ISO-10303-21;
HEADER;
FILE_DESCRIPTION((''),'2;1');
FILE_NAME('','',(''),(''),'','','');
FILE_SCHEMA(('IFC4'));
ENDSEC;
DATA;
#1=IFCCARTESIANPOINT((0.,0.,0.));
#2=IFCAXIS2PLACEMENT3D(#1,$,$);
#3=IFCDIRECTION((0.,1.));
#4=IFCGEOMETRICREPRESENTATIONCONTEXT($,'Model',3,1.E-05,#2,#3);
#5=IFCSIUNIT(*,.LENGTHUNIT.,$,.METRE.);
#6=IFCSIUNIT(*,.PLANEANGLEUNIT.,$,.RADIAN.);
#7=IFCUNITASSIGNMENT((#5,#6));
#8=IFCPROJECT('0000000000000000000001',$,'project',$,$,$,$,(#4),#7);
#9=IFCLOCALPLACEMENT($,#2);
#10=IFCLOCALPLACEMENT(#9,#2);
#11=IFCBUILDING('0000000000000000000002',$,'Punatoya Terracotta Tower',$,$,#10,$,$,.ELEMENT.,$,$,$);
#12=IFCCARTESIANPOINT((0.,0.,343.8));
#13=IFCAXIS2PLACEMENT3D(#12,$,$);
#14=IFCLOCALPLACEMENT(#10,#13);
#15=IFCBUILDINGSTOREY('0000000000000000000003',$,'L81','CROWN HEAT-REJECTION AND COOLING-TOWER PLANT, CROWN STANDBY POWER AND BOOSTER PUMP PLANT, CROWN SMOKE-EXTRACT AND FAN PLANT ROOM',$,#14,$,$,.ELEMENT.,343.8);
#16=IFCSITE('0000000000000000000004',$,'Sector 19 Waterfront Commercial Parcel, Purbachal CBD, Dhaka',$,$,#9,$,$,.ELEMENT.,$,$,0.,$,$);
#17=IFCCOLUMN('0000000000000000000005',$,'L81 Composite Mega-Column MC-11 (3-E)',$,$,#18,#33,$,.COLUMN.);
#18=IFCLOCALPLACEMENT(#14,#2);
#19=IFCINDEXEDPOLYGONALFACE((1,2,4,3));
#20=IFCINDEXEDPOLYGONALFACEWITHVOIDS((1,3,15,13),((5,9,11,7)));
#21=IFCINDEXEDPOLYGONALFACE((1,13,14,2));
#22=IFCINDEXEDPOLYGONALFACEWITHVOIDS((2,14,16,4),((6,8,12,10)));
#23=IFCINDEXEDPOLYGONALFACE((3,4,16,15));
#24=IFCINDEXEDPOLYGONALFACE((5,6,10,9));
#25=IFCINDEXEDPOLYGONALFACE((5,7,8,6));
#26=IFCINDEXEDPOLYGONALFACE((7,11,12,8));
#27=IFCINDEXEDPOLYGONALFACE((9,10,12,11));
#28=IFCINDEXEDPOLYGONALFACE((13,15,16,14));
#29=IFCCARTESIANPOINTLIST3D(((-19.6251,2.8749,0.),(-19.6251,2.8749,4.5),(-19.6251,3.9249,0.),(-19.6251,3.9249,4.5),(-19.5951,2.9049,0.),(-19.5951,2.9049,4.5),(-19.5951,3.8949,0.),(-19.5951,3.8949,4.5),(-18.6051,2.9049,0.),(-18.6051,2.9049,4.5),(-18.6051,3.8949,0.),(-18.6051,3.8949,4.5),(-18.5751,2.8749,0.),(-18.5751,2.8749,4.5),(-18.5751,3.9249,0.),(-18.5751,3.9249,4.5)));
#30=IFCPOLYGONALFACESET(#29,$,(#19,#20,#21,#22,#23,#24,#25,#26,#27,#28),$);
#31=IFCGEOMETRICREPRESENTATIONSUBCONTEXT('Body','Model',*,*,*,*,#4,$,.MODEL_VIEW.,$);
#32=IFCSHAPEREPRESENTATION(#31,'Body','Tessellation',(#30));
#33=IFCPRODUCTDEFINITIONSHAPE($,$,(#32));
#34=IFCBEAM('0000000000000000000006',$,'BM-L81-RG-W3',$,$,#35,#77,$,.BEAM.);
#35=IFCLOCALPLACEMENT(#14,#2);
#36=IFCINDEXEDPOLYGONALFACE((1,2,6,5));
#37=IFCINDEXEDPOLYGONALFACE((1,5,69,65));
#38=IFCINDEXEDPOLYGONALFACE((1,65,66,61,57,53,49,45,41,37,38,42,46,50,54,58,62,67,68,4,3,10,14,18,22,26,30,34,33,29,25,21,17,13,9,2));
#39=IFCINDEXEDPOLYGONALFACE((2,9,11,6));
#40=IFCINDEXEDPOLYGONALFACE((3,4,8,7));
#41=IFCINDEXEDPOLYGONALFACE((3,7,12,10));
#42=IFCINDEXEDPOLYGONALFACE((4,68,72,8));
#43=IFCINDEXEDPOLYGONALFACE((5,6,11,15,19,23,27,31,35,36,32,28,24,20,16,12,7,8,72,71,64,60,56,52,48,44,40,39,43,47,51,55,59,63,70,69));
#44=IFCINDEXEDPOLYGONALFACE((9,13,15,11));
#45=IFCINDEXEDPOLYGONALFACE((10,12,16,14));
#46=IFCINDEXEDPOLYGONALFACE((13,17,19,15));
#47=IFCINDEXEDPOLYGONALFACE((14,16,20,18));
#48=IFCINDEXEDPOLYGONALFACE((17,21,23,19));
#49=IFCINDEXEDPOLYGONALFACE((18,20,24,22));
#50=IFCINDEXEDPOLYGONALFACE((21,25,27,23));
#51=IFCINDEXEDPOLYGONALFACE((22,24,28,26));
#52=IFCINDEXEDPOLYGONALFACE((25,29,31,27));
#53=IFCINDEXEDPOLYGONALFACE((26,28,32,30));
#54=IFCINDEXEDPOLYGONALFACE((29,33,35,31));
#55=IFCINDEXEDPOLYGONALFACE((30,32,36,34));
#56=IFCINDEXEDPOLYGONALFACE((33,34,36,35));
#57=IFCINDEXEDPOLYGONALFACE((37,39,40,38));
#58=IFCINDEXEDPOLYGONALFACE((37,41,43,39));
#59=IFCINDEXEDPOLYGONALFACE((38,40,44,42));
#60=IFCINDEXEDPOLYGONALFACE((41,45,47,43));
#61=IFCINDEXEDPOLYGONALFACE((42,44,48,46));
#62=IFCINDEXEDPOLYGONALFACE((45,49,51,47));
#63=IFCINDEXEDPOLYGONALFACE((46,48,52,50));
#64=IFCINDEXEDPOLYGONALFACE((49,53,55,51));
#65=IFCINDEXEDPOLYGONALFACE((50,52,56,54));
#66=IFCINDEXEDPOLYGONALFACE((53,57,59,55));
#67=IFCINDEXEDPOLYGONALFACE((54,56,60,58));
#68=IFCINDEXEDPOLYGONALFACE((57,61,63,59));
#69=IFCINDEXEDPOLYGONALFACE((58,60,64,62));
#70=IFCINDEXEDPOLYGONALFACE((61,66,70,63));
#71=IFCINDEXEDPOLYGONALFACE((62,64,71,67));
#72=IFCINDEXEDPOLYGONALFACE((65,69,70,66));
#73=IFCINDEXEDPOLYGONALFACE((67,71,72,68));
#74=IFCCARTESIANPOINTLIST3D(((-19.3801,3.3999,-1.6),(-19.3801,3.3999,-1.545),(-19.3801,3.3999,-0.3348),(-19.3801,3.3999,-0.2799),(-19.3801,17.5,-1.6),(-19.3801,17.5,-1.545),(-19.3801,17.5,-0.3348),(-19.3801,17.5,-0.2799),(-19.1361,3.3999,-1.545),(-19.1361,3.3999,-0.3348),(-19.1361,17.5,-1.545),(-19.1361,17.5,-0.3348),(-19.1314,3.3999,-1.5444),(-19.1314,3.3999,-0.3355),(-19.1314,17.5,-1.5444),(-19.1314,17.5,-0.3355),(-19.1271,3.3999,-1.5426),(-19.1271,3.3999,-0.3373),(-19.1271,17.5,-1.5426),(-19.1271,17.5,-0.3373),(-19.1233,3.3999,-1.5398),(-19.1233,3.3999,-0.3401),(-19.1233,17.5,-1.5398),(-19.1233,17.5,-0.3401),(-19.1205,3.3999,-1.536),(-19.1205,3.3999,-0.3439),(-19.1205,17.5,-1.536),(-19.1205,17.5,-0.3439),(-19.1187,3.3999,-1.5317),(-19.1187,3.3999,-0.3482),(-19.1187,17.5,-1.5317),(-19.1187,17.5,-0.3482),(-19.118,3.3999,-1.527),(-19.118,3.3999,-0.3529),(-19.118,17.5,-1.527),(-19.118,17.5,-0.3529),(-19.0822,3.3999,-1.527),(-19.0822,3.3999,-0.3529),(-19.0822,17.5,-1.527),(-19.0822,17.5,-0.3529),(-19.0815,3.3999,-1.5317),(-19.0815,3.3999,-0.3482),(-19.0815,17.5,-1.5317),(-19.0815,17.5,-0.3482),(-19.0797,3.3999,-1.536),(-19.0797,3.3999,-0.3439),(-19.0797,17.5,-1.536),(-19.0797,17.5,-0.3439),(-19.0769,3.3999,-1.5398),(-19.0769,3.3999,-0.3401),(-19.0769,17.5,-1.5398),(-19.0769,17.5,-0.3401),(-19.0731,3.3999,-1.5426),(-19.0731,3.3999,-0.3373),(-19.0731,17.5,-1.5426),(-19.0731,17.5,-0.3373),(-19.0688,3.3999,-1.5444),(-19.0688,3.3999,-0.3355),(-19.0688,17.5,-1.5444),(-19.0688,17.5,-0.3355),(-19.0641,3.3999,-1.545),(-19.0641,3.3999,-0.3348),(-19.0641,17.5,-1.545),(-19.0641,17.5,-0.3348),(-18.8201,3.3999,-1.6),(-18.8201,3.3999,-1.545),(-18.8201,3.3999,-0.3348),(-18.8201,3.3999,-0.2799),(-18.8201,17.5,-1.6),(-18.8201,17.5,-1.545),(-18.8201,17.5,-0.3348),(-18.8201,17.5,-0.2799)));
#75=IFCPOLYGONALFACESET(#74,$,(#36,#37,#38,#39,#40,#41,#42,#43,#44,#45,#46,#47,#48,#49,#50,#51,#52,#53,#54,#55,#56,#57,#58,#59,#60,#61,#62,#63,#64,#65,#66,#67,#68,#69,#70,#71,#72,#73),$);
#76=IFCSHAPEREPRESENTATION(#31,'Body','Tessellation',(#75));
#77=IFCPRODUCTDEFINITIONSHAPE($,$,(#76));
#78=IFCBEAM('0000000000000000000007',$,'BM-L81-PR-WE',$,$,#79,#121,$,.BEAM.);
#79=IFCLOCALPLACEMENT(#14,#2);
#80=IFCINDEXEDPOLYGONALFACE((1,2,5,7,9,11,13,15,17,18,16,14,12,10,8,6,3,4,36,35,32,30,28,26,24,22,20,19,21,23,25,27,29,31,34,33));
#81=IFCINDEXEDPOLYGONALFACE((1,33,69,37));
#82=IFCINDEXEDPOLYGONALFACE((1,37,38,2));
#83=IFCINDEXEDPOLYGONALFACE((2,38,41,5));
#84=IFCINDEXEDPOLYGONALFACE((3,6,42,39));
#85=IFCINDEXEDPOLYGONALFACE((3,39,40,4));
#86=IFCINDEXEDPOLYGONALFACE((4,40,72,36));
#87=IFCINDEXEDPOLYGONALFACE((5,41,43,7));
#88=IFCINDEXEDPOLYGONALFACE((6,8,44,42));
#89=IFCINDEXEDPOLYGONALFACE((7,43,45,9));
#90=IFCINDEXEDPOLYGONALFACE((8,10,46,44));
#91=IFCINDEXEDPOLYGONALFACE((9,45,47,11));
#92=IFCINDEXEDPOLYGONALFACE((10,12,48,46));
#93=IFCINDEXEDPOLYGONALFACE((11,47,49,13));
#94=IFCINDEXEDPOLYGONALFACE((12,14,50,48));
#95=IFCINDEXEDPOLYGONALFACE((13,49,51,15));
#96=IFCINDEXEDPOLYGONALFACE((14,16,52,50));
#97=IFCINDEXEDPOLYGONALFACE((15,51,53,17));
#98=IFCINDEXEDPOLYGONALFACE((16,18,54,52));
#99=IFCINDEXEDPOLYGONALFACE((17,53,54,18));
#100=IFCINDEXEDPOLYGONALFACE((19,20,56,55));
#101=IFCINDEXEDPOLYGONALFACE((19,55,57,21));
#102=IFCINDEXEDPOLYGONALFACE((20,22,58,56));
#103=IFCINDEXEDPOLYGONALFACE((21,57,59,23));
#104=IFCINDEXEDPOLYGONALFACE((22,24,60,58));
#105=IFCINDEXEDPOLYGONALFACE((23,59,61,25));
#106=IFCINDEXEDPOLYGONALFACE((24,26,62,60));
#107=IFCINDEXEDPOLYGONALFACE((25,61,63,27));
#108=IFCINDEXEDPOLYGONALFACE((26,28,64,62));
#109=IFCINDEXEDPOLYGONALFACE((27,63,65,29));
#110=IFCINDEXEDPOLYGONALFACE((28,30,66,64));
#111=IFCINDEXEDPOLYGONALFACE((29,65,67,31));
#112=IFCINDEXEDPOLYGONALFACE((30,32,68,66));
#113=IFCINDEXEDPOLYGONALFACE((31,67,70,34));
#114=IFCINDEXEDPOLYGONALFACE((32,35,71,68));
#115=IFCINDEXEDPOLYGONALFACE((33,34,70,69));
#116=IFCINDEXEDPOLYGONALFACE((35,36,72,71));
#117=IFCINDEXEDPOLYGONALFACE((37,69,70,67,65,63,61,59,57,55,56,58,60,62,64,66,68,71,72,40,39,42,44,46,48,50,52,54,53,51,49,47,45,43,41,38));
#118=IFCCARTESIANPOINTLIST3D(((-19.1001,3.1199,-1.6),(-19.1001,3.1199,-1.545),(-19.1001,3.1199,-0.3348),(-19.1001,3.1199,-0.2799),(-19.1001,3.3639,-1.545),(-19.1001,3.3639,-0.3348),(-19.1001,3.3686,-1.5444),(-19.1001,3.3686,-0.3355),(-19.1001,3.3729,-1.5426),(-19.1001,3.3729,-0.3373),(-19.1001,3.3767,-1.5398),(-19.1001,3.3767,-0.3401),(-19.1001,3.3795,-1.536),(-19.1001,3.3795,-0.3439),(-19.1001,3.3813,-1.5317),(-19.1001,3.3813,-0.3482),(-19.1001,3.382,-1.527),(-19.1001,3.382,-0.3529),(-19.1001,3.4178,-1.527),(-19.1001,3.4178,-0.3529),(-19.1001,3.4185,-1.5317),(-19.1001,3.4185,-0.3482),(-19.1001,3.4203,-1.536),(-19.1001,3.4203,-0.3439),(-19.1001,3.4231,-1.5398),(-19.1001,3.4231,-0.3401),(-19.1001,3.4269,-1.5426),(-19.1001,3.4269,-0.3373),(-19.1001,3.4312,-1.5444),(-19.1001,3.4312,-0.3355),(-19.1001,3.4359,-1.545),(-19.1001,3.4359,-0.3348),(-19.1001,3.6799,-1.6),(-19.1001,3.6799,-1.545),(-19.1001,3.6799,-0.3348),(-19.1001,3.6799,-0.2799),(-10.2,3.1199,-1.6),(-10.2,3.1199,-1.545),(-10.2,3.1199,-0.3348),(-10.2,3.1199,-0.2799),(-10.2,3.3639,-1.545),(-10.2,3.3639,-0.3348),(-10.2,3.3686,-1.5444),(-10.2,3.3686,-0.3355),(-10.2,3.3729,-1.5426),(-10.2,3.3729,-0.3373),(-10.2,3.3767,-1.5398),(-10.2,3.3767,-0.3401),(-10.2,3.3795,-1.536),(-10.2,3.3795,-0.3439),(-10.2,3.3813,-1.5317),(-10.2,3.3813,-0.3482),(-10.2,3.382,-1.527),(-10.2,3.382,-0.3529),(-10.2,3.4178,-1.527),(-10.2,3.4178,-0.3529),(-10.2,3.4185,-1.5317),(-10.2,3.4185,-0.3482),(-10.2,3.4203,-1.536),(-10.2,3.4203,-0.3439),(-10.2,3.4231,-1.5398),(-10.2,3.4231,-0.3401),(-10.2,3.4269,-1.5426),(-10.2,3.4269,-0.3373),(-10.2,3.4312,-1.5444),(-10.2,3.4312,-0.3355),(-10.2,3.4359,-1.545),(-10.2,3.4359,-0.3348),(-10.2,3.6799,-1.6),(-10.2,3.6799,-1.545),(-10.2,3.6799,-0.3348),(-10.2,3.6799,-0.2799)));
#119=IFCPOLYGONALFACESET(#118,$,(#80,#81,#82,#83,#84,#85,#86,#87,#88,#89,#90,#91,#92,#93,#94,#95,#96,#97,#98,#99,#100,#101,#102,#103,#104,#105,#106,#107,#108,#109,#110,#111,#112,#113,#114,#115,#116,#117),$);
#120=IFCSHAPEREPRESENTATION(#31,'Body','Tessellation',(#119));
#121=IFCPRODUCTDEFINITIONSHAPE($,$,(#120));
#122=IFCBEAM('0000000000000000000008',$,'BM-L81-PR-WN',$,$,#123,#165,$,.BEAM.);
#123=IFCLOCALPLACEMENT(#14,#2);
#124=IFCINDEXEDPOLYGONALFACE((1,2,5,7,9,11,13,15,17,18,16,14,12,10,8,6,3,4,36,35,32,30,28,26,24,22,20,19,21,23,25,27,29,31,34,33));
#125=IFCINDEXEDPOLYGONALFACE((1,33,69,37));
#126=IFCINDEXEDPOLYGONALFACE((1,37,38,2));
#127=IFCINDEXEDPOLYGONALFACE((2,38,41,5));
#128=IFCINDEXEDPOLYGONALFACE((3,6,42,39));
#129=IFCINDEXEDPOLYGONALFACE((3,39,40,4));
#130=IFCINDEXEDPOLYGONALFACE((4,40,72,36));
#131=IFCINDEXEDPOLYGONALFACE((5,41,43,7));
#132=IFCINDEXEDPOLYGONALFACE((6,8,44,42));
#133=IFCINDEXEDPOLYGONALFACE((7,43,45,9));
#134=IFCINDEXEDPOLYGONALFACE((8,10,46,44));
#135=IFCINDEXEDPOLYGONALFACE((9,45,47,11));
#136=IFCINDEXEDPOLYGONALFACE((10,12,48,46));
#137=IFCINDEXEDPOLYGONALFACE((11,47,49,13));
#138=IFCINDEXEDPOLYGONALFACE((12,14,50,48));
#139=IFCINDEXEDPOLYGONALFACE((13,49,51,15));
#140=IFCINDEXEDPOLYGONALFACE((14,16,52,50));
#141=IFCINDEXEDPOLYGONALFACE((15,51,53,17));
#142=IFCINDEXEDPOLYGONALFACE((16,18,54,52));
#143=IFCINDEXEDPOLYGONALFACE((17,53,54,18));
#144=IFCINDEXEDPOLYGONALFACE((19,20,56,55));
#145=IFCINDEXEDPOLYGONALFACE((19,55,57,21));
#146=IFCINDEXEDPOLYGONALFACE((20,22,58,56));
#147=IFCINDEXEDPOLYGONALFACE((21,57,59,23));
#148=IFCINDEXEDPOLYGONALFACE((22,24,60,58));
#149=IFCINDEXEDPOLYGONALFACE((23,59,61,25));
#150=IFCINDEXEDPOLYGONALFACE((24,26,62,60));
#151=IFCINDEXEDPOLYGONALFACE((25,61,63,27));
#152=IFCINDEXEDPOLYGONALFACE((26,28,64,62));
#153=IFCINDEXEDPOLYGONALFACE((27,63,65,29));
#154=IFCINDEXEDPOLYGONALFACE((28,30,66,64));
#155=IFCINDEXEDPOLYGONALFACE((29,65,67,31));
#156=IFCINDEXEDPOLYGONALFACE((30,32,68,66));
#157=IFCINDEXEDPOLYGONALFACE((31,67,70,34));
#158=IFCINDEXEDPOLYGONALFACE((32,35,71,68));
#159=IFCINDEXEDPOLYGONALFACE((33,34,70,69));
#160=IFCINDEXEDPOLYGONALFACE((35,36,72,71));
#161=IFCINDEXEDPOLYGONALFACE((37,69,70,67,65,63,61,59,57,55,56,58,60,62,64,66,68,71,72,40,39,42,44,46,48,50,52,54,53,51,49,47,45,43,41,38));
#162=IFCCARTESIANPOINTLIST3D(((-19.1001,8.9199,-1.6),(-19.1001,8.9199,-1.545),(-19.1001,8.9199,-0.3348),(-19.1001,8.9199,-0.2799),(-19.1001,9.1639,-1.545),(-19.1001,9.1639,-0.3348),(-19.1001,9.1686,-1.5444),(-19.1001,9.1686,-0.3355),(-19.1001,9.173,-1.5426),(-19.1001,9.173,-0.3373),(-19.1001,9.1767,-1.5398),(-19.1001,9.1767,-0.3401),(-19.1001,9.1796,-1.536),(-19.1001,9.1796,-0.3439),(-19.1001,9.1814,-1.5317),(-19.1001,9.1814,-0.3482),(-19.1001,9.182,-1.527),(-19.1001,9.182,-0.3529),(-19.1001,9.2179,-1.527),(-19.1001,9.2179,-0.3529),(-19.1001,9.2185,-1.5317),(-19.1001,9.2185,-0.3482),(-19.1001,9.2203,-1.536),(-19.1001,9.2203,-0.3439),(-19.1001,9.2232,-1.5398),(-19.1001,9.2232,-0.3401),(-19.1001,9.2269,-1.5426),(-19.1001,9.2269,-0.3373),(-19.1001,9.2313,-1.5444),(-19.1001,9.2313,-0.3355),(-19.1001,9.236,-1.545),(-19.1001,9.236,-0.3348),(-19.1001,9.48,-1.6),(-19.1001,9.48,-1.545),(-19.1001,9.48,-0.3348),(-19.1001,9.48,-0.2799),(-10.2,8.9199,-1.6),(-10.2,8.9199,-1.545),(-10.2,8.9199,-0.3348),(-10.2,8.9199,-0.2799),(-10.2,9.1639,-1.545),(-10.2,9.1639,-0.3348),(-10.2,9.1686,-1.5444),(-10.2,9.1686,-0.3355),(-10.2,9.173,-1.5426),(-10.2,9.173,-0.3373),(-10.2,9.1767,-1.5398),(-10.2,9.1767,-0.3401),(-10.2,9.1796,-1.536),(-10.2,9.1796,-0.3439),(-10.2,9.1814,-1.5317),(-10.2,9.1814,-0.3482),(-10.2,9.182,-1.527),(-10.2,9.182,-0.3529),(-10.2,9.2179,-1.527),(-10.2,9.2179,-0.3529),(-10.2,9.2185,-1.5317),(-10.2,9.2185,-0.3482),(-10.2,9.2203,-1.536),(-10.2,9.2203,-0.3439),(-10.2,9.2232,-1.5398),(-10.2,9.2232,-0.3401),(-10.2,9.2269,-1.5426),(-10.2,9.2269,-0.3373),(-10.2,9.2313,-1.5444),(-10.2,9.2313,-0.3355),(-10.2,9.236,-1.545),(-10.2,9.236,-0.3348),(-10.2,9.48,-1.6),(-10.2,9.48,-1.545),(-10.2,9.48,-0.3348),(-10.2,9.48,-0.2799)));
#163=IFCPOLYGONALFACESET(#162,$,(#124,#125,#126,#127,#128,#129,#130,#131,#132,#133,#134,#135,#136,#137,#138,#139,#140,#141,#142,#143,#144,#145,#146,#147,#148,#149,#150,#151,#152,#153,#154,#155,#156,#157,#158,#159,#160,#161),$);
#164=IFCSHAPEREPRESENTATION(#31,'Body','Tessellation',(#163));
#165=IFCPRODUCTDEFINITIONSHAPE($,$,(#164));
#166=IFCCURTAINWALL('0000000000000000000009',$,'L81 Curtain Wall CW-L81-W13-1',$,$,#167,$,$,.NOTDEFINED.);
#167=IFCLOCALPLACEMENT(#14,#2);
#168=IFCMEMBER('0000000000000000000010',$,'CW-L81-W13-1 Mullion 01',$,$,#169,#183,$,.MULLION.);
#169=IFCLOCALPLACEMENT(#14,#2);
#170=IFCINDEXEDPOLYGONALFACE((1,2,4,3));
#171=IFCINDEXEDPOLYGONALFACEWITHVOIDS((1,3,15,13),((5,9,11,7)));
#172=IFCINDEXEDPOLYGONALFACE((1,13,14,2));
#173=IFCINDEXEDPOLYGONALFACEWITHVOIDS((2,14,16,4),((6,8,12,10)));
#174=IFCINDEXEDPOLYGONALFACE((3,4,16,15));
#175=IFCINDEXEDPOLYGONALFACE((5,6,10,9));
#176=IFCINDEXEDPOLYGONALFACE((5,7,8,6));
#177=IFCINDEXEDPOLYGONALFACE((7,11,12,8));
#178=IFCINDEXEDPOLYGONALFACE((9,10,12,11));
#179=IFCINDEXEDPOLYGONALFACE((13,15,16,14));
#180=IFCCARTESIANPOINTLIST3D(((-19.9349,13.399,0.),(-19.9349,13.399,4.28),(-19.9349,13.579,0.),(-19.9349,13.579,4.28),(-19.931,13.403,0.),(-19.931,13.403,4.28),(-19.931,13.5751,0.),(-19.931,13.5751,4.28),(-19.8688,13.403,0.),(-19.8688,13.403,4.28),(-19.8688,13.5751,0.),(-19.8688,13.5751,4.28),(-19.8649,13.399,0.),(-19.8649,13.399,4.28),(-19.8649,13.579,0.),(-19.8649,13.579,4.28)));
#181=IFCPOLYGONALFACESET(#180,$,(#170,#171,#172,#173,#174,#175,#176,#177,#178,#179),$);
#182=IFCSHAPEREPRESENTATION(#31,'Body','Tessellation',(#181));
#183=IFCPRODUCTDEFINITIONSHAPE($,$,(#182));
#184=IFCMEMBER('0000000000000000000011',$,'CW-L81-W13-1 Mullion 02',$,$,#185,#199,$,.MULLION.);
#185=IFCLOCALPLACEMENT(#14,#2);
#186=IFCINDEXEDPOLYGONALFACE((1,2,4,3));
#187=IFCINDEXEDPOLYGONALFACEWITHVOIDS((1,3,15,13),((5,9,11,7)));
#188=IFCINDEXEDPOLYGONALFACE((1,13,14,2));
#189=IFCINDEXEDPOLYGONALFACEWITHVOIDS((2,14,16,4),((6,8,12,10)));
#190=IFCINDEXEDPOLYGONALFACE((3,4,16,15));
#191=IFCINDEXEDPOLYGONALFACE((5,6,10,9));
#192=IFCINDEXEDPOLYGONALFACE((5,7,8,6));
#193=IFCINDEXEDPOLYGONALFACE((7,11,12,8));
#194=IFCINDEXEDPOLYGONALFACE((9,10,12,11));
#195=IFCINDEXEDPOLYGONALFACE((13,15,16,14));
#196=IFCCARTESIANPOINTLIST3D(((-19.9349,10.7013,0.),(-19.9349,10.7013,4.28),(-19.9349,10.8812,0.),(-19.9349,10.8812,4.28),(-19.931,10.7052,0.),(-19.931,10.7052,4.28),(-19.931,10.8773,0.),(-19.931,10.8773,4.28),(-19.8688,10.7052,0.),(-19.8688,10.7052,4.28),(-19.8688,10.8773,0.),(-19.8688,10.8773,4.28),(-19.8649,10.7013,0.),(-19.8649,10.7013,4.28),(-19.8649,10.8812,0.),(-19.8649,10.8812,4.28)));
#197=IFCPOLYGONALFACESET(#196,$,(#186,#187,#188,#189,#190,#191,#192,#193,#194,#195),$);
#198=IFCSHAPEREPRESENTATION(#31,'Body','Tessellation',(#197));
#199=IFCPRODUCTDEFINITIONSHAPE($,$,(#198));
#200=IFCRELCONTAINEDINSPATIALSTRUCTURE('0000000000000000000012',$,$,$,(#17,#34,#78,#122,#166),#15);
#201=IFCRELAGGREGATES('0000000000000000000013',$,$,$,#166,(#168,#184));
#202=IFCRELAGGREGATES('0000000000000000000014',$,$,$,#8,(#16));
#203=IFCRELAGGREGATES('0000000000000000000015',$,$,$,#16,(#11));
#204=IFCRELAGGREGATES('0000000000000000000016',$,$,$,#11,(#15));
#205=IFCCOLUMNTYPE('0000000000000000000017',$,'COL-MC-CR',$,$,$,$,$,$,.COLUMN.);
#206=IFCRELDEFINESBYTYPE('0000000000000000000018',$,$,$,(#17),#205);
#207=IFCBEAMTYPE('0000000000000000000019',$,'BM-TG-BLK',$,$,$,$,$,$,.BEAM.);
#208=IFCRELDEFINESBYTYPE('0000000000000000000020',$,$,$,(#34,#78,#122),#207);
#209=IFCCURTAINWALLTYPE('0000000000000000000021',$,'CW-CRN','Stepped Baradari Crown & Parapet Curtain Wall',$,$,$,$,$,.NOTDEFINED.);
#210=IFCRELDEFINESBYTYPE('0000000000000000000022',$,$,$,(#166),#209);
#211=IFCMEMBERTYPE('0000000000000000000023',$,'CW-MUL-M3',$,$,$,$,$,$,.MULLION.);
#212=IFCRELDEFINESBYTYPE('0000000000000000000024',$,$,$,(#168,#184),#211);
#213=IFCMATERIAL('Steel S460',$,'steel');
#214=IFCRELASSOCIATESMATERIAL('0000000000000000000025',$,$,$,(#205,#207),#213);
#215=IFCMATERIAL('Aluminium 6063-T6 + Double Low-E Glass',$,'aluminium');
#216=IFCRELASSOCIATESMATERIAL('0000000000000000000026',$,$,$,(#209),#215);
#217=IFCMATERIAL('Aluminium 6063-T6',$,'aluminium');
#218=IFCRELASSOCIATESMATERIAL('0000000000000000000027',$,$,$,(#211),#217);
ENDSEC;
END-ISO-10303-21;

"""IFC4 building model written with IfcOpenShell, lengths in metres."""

from ifc_helpers import new_model, si_unit, direction, frame, origin, origin_2d, place, context, subcontext, project, spatial, hollow_rectangle, i_section, extrude, material, material_profile, profile_set, type_object, element, aggregate, save


model = new_model("IFC4")

# Units and contexts
model_context = context("Model", 3, precision=1e-05, world=origin(), true_north=direction((0.0, 1.0)))
body_context = subcontext(model_context, "Body", "Model", "MODEL_VIEW")
ifc_project = project(units=[si_unit("LENGTHUNIT", "METRE"), si_unit("PLANEANGLEUNIT", "RADIAN")], contexts=[model_context])

# Site, building, storey
site_placement = place(None, origin())
site = spatial("IfcSite", under=ifc_project, at=site_placement, Name="Sector 19 Waterfront Commercial Parcel, Purbachal CBD, Dhaka", CompositionType="ELEMENT", RefElevation=0.0)
building_placement = place(site_placement, origin())
building = spatial("IfcBuilding", under=site, at=building_placement, Name="Punatoya Terracotta Tower", CompositionType="ELEMENT")
storey_placement = place(building_placement, frame((0.0, 0.0, 343.8)))
storey = spatial("IfcBuildingStorey", under=building, at=storey_placement, Name="L81", Description="CROWN HEAT-REJECTION AND COOLING-TOWER PLANT, CROWN STANDBY POWER AND BOOSTER PUMP PLANT, CROWN SMOKE-EXTRACT AND FAN PLANT ROOM", CompositionType="ELEMENT", Elevation=343.8)

# Column
ifc_material_1 = material(Name="Steel S460", Category="steel")
ifc_material_profile_1 = material_profile(ifc_material_1, hollow_rectangle(XDim=1.05, YDim=1.05, WallThickness=0.03, at=origin_2d()))
ifc_profile_set_1 = profile_set([ifc_material_profile_1], Name="Steel S460")
column_type = type_object("IfcColumnType", Name="COL-MC-CR", PredefinedType="COLUMN", material=ifc_profile_set_1)
column_placement = place(storey_placement, frame((-19.1001, 3.3999, 0.0), z_axis=(0.0, 0.0, 1.0), x_axis=(1.0, 0.0, 0.0)))
element("IfcColumn", 1, at=column_placement, inside=storey, type_object=column_type, Name="L81 Composite Mega-Column MC-11 (3-E)", PredefinedType="COLUMN", context=body_context, shape_type="SweptSolid", body=[
    extrude(hollow_rectangle(XDim=1.05, YDim=1.05, WallThickness=0.03, at=origin_2d()), origin(), (0.0, 0.0, 1.0), 4.5),
])

# Beams
ifc_material_profile_2 = material_profile(ifc_material_1, i_section(OverallWidth=0.5601, OverallDepth=1.3201, WebThickness=0.0359, FlangeThickness=0.0549, FilletRadius=0.0181, at=origin_2d()))
ifc_profile_set_2 = profile_set([ifc_material_profile_2], Name="Steel S460")
beam_type = type_object("IfcBeamType", Name="BM-TG-BLK", PredefinedType="BEAM", material=ifc_profile_set_2)
beam_placement = place(storey_placement, frame((-19.1001, 3.3999, -0.9399), z_axis=(0.0, 1.0, 0.0), x_axis=(-1.0, 0.0, 0.0)))
element("IfcBeam", 2, at=beam_placement, inside=storey, type_object=beam_type, Name="BM-L81-RG-W3", PredefinedType="BEAM", context=body_context, shape_type="SweptSolid", body=[
    extrude(i_section(OverallWidth=0.5601, OverallDepth=1.3201, WebThickness=0.0359, FlangeThickness=0.0549, FilletRadius=0.0181, at=origin_2d()), origin(), (0.0, 0.0, 1.0), 14.1001),
])
for number, where, z_axis, x_axis, name in (
    (3, (-19.1001, 3.3999, -0.9399), (1.0, 0.0, 0.0), (0.0, 1.0, 0.0), "BM-L81-PR-WE"),
    (4, (-19.1001, 9.2, -0.9399), (1.0, 0.0, 0.0), (0.0, 1.0, 0.0), "BM-L81-PR-WN"),
):
    element("IfcBeam", number, at=place(storey_placement, frame(where, z_axis=z_axis, x_axis=x_axis)), inside=storey, type_object=beam_type, Name=name, PredefinedType="BEAM", context=body_context, shape_type="SweptSolid", body=[
        extrude(i_section(OverallWidth=0.5601, OverallDepth=1.3201, WebThickness=0.0359, FlangeThickness=0.0549, FilletRadius=0.0181, at=origin_2d()), origin(), (0.0, 0.0, 1.0), 8.9001),
    ])

# Curtain wall, members
ifc_material_2 = material(Name="Aluminium 6063-T6 + Double Low-E Glass", Category="aluminium")
curtain_wall_type = type_object("IfcCurtainWallType", Name="CW-CRN", Description="Stepped Baradari Crown & Parapet Curtain Wall", PredefinedType="NOTDEFINED", material=ifc_material_2)
curtain_wall_placement = place(storey_placement, origin())
curtain_wall = element("IfcCurtainWall", 5, at=curtain_wall_placement, inside=storey, type_object=curtain_wall_type, Name="L81 Curtain Wall CW-L81-W13-1", PredefinedType="NOTDEFINED")
ifc_material_3 = material(Name="Aluminium 6063-T6", Category="aluminium")
ifc_material_profile_3 = material_profile(ifc_material_3, hollow_rectangle(XDim=0.0701, YDim=0.1799, WallThickness=0.0039, at=origin_2d()))
ifc_profile_set_3 = profile_set([ifc_material_profile_3], Name="Aluminium 6063-T6")
member_type = type_object("IfcMemberType", Name="CW-MUL-M3", PredefinedType="MULLION", material=ifc_profile_set_3)
member_1_placement = place(storey_placement, frame((-19.8999, 13.489, 0.0), z_axis=(0.0, 0.0, 1.0), x_axis=(1.0, 0.0, 0.0)))
member_1 = element("IfcMember", 6, at=member_1_placement, type_object=member_type, Name="CW-L81-W13-1 Mullion 01", PredefinedType="MULLION", context=body_context, shape_type="SweptSolid", body=[
    extrude(hollow_rectangle(XDim=0.0701, YDim=0.1799, WallThickness=0.0039, at=origin_2d()), origin(), (0.0, 0.0, 1.0), 4.28),
])
member_2_placement = place(storey_placement, frame((-19.8999, 10.7913, 0.0), z_axis=(0.0, 0.0, 1.0), x_axis=(1.0, 0.0, 0.0)))
member_2 = element("IfcMember", 7, at=member_2_placement, type_object=member_type, Name="CW-L81-W13-1 Mullion 02", PredefinedType="MULLION", context=body_context, shape_type="SweptSolid", body=[
    extrude(hollow_rectangle(XDim=0.0701, YDim=0.1799, WallThickness=0.0039, at=origin_2d()), origin(), (0.0, 0.0, 1.0), 4.28),
])
aggregate(curtain_wall, [member_1, member_2])

save(model, "model.ifc")
